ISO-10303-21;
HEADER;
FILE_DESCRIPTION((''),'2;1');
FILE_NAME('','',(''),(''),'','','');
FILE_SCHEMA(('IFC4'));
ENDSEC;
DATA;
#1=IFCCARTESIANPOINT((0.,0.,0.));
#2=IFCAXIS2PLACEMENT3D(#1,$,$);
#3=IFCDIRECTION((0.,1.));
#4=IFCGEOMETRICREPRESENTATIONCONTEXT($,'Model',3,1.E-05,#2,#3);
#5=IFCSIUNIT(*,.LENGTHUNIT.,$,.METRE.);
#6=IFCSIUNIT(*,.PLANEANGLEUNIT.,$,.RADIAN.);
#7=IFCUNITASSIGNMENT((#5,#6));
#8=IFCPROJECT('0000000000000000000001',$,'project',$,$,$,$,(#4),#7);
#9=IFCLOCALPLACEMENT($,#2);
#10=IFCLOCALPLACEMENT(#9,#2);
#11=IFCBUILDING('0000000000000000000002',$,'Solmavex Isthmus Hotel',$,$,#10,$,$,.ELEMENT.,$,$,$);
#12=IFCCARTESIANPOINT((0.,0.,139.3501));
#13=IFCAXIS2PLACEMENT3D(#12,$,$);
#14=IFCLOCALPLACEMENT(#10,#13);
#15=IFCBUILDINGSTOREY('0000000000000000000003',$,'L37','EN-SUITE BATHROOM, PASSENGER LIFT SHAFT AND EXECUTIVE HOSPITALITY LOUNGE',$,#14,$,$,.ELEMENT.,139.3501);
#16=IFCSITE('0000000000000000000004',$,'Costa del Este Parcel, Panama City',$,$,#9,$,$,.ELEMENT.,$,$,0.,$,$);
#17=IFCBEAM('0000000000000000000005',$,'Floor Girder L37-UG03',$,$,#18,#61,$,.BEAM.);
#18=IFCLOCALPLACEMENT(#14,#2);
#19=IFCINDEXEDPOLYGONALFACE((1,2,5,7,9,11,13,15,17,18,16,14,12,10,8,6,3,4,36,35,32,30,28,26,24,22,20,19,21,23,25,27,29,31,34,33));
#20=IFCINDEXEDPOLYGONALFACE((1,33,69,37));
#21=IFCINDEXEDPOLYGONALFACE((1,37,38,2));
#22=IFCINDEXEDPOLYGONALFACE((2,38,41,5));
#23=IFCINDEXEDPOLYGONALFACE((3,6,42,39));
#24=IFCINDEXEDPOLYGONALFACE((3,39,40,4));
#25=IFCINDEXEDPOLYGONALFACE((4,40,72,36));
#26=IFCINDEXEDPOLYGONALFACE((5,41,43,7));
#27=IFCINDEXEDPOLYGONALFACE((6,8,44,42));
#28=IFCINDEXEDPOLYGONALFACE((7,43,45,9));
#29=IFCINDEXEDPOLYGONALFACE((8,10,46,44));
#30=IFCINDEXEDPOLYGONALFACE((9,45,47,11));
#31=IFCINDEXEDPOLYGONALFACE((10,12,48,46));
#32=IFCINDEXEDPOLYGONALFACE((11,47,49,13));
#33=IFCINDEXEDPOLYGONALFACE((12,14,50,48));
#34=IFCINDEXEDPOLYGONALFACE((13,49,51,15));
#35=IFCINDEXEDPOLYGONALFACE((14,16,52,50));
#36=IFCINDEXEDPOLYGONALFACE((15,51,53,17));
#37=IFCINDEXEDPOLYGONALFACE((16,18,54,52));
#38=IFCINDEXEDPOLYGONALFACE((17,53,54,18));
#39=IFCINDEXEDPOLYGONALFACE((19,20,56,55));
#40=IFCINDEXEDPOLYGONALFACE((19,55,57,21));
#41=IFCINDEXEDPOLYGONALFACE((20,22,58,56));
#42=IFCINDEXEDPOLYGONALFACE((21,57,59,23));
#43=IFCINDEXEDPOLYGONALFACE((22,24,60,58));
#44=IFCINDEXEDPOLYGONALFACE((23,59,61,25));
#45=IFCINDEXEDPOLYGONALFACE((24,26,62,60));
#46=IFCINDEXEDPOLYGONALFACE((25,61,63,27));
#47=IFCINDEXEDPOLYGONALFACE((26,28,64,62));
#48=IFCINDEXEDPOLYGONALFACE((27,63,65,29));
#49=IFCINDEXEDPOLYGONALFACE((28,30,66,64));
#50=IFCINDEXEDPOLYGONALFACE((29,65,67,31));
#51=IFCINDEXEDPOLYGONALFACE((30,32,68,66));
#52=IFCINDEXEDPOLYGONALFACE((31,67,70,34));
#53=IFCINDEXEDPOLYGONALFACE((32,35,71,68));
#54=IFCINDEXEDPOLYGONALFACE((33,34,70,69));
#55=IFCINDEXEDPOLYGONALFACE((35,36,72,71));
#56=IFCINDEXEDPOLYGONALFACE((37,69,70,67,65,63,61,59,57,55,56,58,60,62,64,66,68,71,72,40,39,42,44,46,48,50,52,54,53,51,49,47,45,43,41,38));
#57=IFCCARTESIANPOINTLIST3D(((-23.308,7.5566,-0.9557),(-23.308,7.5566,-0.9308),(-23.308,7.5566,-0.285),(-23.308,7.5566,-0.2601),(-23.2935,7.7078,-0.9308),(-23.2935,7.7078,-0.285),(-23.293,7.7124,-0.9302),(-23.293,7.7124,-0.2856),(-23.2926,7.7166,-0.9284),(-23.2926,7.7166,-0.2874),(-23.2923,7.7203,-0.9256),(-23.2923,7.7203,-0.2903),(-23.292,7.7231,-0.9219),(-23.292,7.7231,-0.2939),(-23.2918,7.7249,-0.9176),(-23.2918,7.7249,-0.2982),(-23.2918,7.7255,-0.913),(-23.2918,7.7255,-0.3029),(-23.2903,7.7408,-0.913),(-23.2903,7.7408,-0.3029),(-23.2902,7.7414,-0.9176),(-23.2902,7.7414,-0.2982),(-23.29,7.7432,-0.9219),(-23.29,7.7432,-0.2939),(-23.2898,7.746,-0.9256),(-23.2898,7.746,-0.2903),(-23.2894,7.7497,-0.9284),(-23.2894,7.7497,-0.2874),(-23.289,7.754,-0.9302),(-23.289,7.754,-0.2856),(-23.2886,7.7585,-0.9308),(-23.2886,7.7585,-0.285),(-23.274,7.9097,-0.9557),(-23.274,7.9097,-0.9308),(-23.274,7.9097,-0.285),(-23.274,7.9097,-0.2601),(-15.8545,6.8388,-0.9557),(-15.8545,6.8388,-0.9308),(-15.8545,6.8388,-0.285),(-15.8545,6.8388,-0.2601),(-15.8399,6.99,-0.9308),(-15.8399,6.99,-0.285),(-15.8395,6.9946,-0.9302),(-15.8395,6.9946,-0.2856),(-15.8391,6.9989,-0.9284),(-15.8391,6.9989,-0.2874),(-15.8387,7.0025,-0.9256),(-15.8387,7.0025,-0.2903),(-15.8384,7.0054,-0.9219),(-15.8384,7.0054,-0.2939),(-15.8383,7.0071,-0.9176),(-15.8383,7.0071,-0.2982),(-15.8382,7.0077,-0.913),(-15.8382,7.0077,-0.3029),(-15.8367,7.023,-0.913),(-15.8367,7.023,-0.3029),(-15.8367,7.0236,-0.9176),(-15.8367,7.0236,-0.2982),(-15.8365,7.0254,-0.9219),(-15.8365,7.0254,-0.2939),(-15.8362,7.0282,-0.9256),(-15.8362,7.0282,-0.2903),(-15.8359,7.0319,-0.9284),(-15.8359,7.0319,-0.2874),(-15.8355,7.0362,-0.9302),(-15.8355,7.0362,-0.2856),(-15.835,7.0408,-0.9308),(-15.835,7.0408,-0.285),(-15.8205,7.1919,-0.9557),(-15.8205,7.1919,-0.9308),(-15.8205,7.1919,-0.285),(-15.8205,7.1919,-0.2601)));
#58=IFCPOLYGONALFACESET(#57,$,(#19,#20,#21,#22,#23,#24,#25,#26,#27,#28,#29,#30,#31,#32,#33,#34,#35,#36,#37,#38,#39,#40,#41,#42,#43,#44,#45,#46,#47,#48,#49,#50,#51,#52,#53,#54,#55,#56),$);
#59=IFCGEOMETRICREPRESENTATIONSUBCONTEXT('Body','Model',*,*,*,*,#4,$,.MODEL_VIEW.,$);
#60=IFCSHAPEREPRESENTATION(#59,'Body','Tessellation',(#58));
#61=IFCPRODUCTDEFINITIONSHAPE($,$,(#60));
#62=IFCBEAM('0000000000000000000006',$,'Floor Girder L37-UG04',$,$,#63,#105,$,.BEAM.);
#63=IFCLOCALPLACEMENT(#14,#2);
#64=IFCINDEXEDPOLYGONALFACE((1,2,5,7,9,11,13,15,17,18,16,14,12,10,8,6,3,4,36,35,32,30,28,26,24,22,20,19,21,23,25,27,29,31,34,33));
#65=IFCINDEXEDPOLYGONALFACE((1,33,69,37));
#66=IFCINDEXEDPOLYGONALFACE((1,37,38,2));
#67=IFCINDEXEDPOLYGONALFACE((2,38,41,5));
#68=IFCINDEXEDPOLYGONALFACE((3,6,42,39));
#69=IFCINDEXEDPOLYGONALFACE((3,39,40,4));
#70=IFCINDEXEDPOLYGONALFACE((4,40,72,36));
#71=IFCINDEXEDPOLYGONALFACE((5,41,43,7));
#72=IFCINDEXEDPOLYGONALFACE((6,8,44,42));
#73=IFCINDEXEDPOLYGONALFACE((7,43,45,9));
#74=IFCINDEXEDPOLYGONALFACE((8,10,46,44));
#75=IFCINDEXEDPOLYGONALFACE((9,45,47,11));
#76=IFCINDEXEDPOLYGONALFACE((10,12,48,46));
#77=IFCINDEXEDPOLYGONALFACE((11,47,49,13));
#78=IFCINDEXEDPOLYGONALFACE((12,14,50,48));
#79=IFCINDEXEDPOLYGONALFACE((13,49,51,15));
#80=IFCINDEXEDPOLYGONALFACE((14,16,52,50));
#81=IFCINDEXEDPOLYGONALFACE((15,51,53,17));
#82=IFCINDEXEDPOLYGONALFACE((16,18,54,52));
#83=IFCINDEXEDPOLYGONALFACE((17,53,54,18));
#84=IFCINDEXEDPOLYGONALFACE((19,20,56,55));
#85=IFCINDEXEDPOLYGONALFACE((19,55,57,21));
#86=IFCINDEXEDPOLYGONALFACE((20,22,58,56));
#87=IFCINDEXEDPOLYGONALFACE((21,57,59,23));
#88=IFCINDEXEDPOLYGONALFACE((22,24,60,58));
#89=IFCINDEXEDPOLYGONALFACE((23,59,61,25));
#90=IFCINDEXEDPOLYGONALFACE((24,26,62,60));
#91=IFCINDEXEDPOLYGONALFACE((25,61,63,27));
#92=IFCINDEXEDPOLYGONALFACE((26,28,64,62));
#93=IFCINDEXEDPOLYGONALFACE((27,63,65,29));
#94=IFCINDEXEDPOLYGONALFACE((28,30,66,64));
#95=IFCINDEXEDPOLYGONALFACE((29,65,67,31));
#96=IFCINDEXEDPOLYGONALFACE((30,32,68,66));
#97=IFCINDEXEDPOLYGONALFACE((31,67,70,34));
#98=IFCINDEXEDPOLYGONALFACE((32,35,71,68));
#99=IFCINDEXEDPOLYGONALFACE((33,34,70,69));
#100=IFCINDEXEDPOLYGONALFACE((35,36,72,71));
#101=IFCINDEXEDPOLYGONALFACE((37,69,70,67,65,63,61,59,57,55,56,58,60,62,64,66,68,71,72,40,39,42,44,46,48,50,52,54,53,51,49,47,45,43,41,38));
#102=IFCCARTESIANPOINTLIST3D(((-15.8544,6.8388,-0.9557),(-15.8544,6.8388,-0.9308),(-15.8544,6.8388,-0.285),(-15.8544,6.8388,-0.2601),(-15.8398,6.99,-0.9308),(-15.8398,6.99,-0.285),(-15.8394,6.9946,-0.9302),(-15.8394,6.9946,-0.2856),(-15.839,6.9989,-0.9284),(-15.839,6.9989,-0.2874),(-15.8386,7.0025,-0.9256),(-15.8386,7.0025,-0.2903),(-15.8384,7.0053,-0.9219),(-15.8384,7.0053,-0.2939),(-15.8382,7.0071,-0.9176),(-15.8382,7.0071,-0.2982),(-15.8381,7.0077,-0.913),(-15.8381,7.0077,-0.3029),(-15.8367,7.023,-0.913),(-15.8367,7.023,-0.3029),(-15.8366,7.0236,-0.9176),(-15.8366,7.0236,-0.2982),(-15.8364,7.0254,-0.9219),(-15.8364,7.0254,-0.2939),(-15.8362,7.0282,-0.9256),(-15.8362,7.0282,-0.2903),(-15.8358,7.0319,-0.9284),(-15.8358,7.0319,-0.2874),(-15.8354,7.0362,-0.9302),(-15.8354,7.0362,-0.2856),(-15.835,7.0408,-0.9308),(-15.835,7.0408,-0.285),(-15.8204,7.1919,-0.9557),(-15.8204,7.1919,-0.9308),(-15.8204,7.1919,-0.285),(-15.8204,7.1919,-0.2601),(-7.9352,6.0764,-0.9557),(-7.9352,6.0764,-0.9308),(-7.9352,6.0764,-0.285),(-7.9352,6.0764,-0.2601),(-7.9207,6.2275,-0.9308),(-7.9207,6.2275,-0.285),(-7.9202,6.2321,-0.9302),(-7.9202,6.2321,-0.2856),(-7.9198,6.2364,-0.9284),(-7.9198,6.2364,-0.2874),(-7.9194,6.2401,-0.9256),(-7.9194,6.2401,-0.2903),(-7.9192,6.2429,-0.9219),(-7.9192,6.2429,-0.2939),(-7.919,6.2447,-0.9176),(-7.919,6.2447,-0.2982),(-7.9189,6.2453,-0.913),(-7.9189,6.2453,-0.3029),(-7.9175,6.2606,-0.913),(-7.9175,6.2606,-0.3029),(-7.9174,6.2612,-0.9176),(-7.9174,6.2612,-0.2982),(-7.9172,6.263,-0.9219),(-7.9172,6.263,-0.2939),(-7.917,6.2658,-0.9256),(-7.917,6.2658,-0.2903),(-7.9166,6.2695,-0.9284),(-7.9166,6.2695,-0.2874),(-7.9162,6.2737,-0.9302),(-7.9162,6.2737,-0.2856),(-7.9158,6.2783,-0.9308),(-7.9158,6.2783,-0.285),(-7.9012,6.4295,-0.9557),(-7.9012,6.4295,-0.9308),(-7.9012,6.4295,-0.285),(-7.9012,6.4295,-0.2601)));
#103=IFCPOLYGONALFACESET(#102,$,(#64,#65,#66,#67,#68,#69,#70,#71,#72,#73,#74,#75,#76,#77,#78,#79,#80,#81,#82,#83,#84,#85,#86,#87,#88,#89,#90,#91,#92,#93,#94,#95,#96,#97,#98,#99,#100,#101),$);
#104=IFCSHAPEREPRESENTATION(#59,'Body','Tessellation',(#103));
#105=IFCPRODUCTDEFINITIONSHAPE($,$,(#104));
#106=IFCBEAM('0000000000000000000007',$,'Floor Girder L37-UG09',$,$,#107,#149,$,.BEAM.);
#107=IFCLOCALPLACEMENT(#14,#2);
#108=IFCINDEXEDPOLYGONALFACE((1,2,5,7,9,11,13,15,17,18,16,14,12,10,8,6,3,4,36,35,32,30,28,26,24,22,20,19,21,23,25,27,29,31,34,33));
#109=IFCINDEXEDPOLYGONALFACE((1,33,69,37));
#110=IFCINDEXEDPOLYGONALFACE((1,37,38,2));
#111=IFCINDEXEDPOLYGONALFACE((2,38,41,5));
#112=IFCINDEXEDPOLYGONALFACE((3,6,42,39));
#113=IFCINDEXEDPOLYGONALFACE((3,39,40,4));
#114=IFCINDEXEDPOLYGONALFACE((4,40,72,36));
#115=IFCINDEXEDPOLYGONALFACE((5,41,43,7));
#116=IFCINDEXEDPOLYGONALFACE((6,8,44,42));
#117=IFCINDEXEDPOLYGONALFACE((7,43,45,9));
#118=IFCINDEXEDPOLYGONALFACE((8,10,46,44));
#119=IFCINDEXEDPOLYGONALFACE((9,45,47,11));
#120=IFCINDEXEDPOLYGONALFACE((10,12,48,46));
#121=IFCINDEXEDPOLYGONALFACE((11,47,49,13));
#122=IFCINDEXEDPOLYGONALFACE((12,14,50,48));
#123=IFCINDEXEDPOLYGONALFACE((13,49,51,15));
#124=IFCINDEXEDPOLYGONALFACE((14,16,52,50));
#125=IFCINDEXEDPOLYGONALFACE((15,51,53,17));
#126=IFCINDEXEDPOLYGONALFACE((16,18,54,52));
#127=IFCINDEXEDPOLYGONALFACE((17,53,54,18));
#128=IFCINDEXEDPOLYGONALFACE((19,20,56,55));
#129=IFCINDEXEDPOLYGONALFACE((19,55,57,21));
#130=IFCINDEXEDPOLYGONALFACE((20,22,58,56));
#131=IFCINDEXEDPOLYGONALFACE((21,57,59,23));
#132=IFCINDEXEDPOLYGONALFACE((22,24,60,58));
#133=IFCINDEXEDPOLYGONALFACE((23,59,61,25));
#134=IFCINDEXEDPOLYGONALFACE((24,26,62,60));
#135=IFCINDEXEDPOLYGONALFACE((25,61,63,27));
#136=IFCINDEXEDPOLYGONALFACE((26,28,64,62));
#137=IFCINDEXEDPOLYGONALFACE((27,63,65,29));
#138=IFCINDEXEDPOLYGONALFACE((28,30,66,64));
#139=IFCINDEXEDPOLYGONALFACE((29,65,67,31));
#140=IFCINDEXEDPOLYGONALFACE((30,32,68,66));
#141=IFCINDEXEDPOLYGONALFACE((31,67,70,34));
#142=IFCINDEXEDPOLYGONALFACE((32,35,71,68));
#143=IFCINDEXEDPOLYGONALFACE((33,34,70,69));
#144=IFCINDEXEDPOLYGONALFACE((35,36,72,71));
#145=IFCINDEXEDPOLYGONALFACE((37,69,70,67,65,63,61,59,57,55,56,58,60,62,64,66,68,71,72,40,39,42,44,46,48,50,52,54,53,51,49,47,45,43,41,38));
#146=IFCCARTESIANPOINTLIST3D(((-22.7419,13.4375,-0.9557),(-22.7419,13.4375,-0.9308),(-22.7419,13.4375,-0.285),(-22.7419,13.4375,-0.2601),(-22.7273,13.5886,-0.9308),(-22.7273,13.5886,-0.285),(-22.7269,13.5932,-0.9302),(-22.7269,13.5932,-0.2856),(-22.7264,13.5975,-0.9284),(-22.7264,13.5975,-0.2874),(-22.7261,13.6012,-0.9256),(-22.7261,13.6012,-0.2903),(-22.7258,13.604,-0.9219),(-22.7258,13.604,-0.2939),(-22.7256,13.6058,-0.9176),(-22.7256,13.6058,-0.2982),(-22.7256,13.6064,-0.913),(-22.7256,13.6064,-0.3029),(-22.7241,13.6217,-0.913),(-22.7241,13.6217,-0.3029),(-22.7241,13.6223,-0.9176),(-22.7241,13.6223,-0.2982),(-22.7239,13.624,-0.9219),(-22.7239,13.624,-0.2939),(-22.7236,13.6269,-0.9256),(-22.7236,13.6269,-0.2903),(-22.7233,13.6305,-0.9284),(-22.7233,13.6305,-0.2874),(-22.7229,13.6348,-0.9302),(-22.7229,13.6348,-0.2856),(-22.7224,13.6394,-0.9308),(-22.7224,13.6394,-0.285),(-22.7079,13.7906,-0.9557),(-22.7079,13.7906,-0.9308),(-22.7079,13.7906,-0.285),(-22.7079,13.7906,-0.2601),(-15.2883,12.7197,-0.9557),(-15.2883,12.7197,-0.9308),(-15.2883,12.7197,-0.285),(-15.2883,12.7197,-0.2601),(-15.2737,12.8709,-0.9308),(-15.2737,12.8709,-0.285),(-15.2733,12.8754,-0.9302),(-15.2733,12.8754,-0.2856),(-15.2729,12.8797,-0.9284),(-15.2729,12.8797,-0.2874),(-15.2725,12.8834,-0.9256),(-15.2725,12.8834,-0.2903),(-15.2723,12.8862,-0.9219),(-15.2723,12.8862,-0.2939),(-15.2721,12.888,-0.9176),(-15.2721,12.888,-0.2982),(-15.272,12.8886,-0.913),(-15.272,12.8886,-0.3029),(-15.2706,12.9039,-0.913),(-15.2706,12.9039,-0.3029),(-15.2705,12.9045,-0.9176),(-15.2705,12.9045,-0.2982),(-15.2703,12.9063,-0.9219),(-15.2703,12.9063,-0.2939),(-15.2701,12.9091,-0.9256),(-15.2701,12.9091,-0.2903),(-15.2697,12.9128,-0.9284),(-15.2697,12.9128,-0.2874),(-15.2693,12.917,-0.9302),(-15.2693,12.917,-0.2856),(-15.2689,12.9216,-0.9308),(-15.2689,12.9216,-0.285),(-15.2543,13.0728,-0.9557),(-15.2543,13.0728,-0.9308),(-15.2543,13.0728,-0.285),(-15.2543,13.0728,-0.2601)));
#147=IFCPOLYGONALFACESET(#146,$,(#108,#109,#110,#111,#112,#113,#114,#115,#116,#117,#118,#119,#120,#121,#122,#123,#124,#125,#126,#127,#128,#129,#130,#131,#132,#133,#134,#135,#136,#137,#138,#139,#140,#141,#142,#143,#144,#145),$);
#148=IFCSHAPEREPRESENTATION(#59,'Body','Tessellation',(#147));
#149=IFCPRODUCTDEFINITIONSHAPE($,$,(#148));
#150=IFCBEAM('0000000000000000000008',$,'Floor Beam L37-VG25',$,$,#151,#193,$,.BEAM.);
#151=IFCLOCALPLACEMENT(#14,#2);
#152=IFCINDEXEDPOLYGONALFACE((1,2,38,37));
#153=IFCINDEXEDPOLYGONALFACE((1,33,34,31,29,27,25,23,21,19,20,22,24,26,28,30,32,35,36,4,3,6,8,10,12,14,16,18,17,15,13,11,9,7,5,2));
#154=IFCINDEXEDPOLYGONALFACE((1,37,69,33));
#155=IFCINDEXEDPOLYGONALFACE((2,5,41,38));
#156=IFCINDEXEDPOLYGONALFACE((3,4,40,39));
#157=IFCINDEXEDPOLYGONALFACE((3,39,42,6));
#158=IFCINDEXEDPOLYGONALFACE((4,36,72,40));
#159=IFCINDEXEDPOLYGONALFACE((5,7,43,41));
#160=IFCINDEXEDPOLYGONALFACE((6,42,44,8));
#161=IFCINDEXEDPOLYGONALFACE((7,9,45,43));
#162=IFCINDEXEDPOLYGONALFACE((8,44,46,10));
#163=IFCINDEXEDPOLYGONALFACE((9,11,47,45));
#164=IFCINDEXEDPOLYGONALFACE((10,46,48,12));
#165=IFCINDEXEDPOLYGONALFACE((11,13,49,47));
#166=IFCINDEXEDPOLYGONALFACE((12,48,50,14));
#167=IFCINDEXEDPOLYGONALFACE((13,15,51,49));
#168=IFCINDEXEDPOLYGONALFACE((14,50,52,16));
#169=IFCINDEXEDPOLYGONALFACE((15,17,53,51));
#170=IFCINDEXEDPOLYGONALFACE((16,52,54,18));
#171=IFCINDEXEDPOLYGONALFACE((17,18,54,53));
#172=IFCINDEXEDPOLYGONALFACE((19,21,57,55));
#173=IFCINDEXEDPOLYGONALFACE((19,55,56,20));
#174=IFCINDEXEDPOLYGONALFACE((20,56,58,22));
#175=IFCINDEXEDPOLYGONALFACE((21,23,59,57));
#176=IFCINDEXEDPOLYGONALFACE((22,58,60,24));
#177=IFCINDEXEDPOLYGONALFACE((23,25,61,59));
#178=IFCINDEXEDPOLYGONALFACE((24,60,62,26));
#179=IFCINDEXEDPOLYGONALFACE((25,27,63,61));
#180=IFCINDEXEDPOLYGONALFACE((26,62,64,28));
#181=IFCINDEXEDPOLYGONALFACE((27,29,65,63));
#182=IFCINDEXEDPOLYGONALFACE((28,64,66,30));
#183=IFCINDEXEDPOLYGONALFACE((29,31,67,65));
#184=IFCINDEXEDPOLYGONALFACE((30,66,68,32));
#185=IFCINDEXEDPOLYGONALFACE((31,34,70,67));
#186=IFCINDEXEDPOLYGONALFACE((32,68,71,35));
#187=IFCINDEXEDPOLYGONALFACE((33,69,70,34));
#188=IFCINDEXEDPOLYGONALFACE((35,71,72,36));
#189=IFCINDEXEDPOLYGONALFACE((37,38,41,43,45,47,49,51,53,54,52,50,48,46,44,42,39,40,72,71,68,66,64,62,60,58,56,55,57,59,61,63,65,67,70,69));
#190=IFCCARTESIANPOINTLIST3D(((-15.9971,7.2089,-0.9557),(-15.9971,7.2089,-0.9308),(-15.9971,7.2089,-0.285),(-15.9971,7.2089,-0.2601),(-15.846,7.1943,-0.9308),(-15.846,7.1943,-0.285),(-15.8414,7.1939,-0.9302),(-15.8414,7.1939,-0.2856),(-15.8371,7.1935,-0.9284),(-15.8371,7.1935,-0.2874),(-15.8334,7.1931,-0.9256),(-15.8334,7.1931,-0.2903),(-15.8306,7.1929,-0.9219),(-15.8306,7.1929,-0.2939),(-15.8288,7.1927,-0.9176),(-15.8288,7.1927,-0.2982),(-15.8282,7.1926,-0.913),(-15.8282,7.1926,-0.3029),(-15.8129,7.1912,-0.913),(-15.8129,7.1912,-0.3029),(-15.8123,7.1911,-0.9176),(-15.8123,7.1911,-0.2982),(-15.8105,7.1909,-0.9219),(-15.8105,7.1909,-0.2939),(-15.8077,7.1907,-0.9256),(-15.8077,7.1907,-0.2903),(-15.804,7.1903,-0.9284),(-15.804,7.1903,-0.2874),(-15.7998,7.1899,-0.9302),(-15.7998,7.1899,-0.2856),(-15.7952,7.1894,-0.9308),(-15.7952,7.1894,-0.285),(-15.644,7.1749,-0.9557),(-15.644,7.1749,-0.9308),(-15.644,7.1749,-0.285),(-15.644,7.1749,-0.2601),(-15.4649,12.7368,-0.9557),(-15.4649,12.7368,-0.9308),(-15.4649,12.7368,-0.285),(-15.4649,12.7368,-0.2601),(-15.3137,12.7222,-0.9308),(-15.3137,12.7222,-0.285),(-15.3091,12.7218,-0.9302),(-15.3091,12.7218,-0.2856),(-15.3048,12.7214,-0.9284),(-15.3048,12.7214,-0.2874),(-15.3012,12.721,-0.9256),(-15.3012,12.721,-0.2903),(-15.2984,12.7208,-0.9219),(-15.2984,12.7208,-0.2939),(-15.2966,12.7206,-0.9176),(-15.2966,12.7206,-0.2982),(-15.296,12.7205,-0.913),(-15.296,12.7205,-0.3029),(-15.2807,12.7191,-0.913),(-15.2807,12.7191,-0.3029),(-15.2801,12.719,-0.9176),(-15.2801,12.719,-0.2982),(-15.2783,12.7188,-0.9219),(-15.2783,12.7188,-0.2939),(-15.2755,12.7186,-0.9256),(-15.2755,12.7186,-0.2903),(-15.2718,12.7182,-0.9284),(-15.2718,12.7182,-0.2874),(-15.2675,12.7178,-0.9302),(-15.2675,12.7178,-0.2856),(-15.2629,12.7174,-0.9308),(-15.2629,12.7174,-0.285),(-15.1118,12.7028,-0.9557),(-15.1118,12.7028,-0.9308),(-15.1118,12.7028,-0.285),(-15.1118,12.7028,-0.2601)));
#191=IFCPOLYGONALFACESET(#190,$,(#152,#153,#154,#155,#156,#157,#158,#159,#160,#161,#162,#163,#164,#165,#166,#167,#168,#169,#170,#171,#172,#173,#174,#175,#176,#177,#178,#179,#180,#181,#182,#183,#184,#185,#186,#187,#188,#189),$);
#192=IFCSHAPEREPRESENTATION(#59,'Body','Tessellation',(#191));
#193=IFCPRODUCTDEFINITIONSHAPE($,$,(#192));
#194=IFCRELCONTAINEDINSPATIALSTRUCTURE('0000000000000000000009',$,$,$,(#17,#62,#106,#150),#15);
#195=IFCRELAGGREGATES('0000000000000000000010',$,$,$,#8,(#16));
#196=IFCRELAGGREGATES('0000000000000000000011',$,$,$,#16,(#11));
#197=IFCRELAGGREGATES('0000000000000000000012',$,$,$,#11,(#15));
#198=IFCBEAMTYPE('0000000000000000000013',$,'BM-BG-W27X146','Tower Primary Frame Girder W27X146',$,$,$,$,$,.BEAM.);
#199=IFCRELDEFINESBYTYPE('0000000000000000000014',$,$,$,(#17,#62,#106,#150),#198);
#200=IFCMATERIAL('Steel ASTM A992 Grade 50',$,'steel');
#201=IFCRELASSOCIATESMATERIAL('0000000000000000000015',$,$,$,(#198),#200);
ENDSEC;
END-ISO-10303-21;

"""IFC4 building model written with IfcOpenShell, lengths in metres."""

from ifc_helpers import new_model, si_unit, direction, frame, origin, origin_2d, place, context, subcontext, project, spatial, i_section, extrude, material, material_profile, profile_set, type_object, element, save


model = new_model("IFC4")

# Units and contexts
model_context = context("Model", 3, precision=1e-05, world=origin(), true_north=direction((0.0, 1.0)))
body_context = subcontext(model_context, "Body", "Model", "MODEL_VIEW")
ifc_project = project(units=[si_unit("LENGTHUNIT", "METRE"), si_unit("PLANEANGLEUNIT", "RADIAN")], contexts=[model_context])

# Site, building, storey
site_placement = place(None, origin())
site = spatial("IfcSite", under=ifc_project, at=site_placement, Name="Costa del Este Parcel, Panama City", CompositionType="ELEMENT", RefElevation=0.0)
building_placement = place(site_placement, origin())
building = spatial("IfcBuilding", under=site, at=building_placement, Name="Solmavex Isthmus Hotel", CompositionType="ELEMENT")
storey_placement = place(building_placement, frame((0.0, 0.0, 139.3501)))
storey = spatial("IfcBuildingStorey", under=building, at=storey_placement, Name="L37", Description="EN-SUITE BATHROOM, PASSENGER LIFT SHAFT AND EXECUTIVE HOSPITALITY LOUNGE", CompositionType="ELEMENT", Elevation=139.3501)

# Beams
ifc_material_1 = material(Name="Steel ASTM A992 Grade 50", Category="steel")
ifc_material_profile_1 = material_profile(ifc_material_1, i_section(OverallWidth=0.3547, OverallDepth=0.6956, WebThickness=0.0154, FlangeThickness=0.0249, FilletRadius=0.0178, at=origin_2d()), Name="W27X146")
ifc_profile_set_1 = profile_set([ifc_material_profile_1], Name="Steel ASTM A992 Grade 50")
beam_type_1 = type_object("IfcBeamType", Name="BM-BG-W27X146", Description="Tower Primary Frame Girder W27X146", PredefinedType="BEAM", material=ifc_profile_set_1)
beam_1_placement = place(storey_placement, frame((-23.291, 7.7332, -0.6079), z_axis=(0.995395, -0.095855, 0.0), x_axis=(0.095855, 0.995395, 0.0)))
element("IfcBeam", 1, at=beam_1_placement, inside=storey, type_object=beam_type_1, Name="Floor Girder L37-UG03", PredefinedType="BEAM", context=body_context, shape_type="SweptSolid", body=[
    extrude(i_section(OverallWidth=0.3547, OverallDepth=0.6956, WebThickness=0.0154, FlangeThickness=0.0249, FilletRadius=0.0178, at=origin_2d()), origin(), (0.0, 0.0, 1.0), 7.488),
])
beam_2_placement = place(storey_placement, frame((-15.8374, 7.0154, -0.6079), z_axis=(0.995397, -0.095836, 0.0), x_axis=(0.095836, 0.995397, 0.0)))
element("IfcBeam", 2, at=beam_2_placement, inside=storey, type_object=beam_type_1, Name="Floor Girder L37-UG04", PredefinedType="BEAM", context=body_context, shape_type="SweptSolid", body=[
    extrude(i_section(OverallWidth=0.3547, OverallDepth=0.6956, WebThickness=0.0154, FlangeThickness=0.0249, FilletRadius=0.0178, at=origin_2d()), origin(), (0.0, 0.0, 1.0), 7.9558),
])
beam_3_placement = place(storey_placement, frame((-22.7249, 13.614, -0.6079), z_axis=(0.995395, -0.095855, 0.0), x_axis=(0.095855, 0.995395, 0.0)))
element("IfcBeam", 3, at=beam_3_placement, inside=storey, type_object=beam_type_1, Name="Floor Girder L37-UG09", PredefinedType="BEAM", context=body_context, shape_type="SweptSolid", body=[
    extrude(i_section(OverallWidth=0.3547, OverallDepth=0.6956, WebThickness=0.0154, FlangeThickness=0.0249, FilletRadius=0.0178, at=origin_2d()), origin(), (0.0, 0.0, 1.0), 7.488),
])
beam_4_placement = place(storey_placement, frame((-15.8206, 7.1919, -0.6079), z_axis=(0.095838, 0.995397, 0.0), x_axis=(-0.995397, 0.095838, 0.0)))
element("IfcBeam", 4, at=beam_4_placement, inside=storey, type_object=beam_type_1, Name="Floor Beam L37-VG25", PredefinedType="BEAM", context=body_context, shape_type="SweptSolid", body=[
    extrude(i_section(OverallWidth=0.3547, OverallDepth=0.6956, WebThickness=0.0154, FlangeThickness=0.0249, FilletRadius=0.0178, at=origin_2d()), origin(), (0.0, 0.0, 1.0), 5.5535),
])

save(model, "model.ifc")
